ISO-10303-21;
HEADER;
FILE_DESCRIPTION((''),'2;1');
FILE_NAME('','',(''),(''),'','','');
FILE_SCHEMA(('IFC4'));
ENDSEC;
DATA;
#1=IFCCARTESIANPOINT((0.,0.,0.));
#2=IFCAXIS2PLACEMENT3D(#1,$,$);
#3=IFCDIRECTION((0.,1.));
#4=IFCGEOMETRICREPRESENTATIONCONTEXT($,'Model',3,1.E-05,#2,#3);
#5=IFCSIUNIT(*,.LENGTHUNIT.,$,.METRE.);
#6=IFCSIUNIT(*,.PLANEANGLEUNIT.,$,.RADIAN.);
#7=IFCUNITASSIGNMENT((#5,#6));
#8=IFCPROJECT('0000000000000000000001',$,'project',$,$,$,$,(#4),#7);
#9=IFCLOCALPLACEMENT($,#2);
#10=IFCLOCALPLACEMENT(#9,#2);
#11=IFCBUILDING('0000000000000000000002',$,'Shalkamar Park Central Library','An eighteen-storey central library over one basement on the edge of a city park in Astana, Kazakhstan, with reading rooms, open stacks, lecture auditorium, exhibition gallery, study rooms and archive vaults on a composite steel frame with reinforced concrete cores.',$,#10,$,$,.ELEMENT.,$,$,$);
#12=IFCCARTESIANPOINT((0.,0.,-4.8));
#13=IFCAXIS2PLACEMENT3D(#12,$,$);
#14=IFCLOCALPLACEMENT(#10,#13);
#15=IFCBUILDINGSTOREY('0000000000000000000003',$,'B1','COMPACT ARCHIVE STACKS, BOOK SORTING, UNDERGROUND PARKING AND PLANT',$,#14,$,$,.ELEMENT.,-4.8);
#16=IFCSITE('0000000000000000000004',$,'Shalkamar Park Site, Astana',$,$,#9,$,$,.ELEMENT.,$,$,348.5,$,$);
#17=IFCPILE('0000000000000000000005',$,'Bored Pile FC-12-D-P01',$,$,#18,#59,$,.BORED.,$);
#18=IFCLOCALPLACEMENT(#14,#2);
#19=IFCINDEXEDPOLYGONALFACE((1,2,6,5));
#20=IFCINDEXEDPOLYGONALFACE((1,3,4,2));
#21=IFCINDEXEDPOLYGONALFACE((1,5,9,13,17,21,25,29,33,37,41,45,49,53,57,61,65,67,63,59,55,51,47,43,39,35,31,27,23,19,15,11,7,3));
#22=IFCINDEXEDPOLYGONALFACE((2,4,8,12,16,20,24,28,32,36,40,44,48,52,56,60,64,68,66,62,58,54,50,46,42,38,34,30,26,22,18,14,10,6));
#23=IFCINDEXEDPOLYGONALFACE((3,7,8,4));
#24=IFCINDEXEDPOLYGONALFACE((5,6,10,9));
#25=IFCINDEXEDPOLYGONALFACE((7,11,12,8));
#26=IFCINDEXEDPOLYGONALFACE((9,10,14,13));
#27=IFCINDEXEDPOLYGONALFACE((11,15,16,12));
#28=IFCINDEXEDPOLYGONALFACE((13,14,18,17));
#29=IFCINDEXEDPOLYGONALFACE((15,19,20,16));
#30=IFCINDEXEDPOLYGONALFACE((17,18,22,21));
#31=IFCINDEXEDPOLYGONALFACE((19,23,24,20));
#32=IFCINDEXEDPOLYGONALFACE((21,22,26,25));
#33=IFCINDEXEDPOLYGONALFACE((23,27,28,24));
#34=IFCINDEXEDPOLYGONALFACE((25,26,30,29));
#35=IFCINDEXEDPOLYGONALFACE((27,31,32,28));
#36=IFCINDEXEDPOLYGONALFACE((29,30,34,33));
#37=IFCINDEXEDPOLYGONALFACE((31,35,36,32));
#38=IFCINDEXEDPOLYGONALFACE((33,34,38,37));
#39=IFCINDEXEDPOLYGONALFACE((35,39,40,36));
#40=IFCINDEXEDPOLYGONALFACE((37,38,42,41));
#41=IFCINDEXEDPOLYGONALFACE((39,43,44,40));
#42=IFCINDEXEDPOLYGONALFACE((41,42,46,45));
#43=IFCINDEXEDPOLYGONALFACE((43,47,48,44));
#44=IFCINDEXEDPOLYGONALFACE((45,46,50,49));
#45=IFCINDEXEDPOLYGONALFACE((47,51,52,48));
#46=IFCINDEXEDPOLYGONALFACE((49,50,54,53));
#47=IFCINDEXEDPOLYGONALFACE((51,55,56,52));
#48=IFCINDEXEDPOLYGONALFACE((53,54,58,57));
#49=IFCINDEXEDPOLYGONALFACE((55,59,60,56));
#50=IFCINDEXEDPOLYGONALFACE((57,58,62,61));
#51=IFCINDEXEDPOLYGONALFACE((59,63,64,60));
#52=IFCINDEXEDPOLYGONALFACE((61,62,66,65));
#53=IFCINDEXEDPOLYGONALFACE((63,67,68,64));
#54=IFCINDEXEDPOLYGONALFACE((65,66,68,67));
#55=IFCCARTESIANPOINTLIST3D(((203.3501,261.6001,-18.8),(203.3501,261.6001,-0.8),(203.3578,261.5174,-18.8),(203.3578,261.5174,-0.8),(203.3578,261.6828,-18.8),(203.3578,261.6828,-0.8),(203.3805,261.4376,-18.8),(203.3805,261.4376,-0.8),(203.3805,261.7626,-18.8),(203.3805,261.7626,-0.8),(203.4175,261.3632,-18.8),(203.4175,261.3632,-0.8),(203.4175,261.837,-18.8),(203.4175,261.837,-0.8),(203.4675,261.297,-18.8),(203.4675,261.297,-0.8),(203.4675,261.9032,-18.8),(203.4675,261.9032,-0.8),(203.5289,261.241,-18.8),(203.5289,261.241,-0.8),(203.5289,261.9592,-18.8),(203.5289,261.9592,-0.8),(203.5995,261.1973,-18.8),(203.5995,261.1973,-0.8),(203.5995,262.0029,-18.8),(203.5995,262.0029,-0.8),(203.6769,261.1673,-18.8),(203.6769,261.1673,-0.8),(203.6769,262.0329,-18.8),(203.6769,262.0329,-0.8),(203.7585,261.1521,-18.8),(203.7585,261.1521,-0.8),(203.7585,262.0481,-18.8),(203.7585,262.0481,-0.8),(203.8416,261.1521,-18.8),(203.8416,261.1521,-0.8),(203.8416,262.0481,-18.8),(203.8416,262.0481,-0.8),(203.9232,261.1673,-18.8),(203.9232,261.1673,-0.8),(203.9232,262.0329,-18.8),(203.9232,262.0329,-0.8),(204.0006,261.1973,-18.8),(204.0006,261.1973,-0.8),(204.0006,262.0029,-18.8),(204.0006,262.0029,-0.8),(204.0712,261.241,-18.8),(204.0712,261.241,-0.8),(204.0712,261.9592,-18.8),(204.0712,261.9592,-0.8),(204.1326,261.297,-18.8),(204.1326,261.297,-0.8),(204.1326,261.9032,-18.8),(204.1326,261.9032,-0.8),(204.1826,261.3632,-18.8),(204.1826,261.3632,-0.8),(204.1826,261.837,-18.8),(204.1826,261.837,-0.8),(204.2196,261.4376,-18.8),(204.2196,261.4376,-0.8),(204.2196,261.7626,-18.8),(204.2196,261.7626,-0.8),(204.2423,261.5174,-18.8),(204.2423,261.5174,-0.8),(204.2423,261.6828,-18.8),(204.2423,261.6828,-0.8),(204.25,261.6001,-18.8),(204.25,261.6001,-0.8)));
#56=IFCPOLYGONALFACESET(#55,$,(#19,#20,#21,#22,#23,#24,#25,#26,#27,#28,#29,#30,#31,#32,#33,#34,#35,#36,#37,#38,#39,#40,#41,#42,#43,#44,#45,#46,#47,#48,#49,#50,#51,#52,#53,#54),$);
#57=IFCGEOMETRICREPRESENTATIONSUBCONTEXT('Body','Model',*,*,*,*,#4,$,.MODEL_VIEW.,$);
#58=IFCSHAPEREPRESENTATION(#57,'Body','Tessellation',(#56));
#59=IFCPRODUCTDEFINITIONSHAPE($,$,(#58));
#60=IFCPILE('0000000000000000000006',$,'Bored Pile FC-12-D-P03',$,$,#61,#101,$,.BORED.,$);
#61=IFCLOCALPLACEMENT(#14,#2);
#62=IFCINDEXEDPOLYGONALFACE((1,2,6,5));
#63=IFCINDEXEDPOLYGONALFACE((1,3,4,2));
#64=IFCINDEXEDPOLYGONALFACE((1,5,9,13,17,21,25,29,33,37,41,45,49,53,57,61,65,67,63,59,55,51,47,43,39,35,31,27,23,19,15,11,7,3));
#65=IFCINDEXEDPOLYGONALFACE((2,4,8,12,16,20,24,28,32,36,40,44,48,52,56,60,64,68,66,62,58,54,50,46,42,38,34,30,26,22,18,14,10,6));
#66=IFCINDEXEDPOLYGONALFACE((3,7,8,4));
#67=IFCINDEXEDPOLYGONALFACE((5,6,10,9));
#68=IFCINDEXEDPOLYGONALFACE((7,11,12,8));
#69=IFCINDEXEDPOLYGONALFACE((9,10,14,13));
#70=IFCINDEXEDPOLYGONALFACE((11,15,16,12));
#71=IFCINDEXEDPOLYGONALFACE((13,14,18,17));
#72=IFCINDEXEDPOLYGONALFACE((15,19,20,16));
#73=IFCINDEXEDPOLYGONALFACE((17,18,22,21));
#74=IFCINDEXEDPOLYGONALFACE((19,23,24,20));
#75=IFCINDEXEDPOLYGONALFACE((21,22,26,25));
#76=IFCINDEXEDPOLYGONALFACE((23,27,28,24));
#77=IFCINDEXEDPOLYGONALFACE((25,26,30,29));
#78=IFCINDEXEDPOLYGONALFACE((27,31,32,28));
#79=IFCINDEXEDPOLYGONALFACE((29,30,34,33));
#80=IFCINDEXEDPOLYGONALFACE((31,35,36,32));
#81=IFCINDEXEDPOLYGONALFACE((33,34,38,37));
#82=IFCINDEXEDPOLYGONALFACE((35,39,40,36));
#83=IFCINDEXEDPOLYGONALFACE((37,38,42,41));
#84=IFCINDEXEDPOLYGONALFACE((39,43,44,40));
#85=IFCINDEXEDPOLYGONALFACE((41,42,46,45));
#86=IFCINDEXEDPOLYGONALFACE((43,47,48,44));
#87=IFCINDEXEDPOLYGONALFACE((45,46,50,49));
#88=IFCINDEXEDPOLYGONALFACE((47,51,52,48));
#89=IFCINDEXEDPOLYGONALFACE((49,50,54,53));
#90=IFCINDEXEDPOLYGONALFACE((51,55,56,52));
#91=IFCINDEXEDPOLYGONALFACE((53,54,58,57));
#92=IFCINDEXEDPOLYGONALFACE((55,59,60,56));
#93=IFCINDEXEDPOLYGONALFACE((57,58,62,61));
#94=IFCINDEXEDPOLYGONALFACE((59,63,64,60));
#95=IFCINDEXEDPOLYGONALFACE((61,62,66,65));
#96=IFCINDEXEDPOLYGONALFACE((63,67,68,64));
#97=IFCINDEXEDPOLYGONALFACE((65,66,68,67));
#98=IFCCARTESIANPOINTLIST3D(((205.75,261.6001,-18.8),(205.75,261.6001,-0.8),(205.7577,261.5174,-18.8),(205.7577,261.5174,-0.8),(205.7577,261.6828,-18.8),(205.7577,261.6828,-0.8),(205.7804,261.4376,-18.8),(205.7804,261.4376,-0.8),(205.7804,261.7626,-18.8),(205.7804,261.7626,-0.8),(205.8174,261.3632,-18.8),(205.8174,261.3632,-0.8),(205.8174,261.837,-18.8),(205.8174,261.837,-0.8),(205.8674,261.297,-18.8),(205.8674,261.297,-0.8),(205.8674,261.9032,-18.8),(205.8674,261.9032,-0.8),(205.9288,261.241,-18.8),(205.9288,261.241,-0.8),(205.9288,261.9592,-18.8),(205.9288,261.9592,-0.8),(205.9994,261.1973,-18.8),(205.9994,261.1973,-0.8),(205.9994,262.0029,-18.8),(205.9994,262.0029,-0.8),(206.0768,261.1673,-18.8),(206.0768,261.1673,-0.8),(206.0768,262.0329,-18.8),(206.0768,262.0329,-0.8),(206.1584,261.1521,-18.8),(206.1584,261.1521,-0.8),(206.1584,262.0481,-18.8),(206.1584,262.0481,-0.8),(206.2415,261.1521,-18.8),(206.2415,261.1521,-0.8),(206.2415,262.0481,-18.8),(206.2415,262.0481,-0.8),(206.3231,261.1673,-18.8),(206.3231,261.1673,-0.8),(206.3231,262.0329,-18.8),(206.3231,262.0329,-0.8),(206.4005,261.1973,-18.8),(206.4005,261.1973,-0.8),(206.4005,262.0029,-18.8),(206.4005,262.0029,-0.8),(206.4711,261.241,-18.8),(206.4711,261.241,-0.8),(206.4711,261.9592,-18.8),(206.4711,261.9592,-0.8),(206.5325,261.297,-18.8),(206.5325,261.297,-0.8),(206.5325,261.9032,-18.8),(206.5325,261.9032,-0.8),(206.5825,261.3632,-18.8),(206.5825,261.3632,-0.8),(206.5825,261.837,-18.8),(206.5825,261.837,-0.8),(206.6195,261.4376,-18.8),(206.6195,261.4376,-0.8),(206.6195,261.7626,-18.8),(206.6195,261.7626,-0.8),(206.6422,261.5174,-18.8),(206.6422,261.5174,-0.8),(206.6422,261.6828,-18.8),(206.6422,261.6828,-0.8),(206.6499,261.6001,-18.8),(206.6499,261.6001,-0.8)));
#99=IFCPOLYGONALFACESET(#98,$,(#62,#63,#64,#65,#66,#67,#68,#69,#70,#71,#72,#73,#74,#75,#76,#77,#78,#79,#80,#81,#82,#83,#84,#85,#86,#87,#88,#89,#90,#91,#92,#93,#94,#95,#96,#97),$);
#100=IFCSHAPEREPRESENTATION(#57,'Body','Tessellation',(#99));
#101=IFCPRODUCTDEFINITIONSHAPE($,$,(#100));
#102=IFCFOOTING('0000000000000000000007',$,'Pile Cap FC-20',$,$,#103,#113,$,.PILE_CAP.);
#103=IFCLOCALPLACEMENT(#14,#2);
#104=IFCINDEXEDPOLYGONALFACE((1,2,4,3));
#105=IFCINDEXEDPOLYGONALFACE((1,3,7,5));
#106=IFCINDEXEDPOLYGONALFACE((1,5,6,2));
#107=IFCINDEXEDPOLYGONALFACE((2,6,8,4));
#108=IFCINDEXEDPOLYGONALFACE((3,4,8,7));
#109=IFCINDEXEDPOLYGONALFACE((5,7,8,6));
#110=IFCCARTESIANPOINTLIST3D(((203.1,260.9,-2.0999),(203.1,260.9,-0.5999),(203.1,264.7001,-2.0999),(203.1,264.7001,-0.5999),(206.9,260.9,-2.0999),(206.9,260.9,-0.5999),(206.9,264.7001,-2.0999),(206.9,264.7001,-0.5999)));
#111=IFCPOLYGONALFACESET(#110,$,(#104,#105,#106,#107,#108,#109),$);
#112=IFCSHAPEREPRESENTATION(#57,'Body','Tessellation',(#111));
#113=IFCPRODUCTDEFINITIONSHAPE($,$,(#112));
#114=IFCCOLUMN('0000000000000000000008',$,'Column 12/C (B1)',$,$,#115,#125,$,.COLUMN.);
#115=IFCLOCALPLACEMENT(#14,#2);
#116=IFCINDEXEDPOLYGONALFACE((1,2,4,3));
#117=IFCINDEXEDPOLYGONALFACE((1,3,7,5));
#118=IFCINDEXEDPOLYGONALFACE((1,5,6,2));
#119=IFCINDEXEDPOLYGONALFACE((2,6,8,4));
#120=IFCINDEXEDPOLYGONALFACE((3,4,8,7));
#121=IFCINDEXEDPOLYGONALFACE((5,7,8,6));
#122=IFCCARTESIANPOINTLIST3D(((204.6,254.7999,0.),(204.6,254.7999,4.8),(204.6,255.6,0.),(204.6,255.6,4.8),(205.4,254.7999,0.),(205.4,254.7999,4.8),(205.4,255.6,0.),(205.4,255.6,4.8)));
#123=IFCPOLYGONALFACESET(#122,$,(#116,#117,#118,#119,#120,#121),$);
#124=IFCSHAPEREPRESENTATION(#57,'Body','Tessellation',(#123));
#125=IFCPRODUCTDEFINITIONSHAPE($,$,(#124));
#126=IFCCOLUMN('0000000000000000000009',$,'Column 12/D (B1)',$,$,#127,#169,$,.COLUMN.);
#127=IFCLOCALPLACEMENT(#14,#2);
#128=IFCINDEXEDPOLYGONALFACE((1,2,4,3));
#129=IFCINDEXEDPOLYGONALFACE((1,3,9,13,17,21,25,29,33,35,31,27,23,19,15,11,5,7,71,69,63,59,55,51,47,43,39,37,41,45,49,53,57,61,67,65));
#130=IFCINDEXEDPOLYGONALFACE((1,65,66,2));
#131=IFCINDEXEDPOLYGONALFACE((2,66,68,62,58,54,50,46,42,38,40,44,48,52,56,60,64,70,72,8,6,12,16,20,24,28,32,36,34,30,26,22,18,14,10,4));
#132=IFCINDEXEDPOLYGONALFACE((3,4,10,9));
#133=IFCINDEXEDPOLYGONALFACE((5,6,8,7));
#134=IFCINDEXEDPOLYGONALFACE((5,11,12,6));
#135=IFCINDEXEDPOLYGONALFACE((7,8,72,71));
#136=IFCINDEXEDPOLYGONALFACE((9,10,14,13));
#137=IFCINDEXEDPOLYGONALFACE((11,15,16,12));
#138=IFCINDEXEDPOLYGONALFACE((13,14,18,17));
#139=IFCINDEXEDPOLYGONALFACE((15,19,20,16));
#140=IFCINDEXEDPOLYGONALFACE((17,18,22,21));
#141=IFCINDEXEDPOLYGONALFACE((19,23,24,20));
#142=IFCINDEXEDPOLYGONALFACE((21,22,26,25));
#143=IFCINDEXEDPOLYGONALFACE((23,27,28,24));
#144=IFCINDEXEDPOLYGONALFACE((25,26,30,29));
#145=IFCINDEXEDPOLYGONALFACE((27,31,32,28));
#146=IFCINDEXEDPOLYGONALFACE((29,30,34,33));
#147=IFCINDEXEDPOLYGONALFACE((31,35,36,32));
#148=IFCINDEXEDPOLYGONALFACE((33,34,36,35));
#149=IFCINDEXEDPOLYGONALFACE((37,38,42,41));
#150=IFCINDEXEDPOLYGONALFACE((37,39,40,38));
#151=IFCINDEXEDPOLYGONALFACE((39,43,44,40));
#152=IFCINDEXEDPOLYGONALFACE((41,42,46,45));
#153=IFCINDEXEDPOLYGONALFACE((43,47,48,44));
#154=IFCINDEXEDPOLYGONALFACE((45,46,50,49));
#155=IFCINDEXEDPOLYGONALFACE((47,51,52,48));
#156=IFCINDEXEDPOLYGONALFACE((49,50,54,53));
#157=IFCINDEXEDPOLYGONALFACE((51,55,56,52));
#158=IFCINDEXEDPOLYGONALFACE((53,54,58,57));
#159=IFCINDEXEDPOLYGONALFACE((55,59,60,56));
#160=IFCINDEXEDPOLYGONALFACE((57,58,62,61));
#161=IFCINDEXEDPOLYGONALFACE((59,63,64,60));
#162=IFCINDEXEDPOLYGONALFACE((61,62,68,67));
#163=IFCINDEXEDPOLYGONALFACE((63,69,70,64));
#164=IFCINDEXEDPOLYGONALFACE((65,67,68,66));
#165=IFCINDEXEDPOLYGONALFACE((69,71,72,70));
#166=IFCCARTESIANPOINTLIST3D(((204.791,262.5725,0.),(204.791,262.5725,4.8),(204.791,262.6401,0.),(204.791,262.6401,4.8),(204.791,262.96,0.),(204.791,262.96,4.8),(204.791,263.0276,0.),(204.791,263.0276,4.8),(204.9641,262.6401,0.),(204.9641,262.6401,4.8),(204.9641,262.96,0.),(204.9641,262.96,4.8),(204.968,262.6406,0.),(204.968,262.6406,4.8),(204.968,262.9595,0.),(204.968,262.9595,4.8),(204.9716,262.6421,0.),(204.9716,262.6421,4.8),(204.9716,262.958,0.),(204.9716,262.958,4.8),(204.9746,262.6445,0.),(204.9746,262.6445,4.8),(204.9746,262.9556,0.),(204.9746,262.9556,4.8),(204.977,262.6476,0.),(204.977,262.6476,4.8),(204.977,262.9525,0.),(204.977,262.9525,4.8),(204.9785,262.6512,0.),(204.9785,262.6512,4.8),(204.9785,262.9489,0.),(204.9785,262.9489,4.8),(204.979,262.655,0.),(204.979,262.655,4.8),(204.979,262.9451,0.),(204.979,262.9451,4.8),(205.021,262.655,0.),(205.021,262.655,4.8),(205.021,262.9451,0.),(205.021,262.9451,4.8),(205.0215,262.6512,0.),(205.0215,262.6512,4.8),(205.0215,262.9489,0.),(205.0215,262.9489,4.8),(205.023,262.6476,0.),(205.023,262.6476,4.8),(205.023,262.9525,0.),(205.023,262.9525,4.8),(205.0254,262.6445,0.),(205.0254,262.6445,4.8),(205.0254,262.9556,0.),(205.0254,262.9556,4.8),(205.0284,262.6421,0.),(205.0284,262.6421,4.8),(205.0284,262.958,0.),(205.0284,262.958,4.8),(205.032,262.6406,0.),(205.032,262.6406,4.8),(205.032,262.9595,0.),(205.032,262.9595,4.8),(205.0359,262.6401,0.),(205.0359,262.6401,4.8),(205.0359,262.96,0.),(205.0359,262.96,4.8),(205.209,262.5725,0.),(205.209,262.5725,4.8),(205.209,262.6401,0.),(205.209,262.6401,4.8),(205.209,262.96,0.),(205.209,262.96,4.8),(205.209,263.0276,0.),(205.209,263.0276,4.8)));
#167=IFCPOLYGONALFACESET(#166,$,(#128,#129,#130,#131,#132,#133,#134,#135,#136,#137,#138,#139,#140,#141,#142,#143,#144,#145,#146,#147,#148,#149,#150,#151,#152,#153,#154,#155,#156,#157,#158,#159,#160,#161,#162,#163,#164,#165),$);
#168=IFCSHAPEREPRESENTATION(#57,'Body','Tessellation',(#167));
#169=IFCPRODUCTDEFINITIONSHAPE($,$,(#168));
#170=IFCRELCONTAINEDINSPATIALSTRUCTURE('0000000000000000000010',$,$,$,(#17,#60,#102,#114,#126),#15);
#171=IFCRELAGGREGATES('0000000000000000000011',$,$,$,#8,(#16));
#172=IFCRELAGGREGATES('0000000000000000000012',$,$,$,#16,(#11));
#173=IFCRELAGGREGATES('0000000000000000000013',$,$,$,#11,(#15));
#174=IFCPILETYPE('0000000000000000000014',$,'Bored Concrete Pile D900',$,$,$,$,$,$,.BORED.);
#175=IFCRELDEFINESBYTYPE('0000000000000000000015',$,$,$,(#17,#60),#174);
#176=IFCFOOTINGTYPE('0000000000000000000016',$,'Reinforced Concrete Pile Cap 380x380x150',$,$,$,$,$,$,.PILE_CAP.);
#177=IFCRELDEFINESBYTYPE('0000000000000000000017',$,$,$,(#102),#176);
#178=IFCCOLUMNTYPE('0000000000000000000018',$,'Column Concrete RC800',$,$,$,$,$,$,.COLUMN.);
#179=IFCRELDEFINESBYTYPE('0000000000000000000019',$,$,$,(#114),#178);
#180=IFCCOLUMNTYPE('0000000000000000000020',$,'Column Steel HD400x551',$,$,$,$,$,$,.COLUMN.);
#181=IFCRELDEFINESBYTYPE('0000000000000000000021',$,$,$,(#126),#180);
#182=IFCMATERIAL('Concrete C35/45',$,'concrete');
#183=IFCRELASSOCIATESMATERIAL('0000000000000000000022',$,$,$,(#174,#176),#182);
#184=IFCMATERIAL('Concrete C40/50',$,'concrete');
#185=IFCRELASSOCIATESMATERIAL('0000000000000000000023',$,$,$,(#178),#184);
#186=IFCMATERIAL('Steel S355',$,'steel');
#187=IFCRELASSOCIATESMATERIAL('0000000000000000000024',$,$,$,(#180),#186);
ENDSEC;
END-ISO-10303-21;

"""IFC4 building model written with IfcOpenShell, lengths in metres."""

from ifc_helpers import new_model, si_unit, direction, frame, origin, origin_2d, place, context, subcontext, project, spatial, rectangle, circle, i_section, extrude, material, material_profile, profile_set, type_object, element, save


model = new_model("IFC4")

# Units and contexts
model_context = context("Model", 3, precision=1e-05, world=origin(), true_north=direction((0.0, 1.0)))
body_context = subcontext(model_context, "Body", "Model", "MODEL_VIEW")
ifc_project = project(units=[si_unit("LENGTHUNIT", "METRE"), si_unit("PLANEANGLEUNIT", "RADIAN")], contexts=[model_context])

# Site, building, storey
site_placement = place(None, origin())
site = spatial("IfcSite", under=ifc_project, at=site_placement, Name="Shalkamar Park Site, Astana", CompositionType="ELEMENT", RefElevation=348.5)
building_placement = place(site_placement, origin())
building = spatial("IfcBuilding", under=site, at=building_placement, Name="Shalkamar Park Central Library", Description="An eighteen-storey central library over one basement on the edge of a city park in Astana, Kazakhstan, with reading rooms, open stacks, lecture auditorium, exhibition gallery, study rooms and archive vaults on a composite steel frame with reinforced concrete cores.", CompositionType="ELEMENT")
storey_placement = place(building_placement, frame((0.0, 0.0, -4.8)))
storey = spatial("IfcBuildingStorey", under=building, at=storey_placement, Name="B1", Description="COMPACT ARCHIVE STACKS, BOOK SORTING, UNDERGROUND PARKING AND PLANT", CompositionType="ELEMENT", Elevation=-4.8)

# Piles
ifc_material_1 = material(Name="Concrete C35/45", Category="concrete")
ifc_material_profile_1 = material_profile(ifc_material_1, circle(Radius=0.45, at=origin_2d()), Name="PILE D900")
ifc_profile_set_1 = profile_set([ifc_material_profile_1], Name="Concrete C35/45")
pile_type_1 = type_object("IfcPileType", Name="Bored Concrete Pile D900", PredefinedType="BORED", material=ifc_profile_set_1)
for number, where, z_axis, x_axis, name in (
    (1, (203.8, 261.6001, -0.8), (0.0, 0.0, -1.0), (1.0, 0.0, 0.0), "Bored Pile FC-12-D-P01"),
    (2, (206.2, 261.6001, -0.8), (0.0, 0.0, -1.0), (1.0, 0.0, 0.0), "Bored Pile FC-12-D-P03"),
):
    element("IfcPile", number, at=place(storey_placement, frame(where, z_axis=z_axis, x_axis=x_axis)), inside=storey, type_object=pile_type_1, Name=name, PredefinedType="BORED", context=body_context, shape_type="SweptSolid", body=[
        extrude(circle(Radius=0.45, at=origin_2d()), origin(), (0.0, 0.0, 1.0), 18.0),
    ])

# Footing
footing_type = type_object("IfcFootingType", Name="Reinforced Concrete Pile Cap 380x380x150", PredefinedType="PILE_CAP", material=ifc_material_1)
footing_placement = place(storey_placement, frame((205.0, 262.8, -2.0999), z_axis=(0.0, 0.0, 1.0), x_axis=(1.0, 0.0, 0.0)))
element("IfcFooting", 3, at=footing_placement, inside=storey, type_object=footing_type, Name="Pile Cap FC-20", PredefinedType="PILE_CAP", context=body_context, shape_type="SweptSolid", body=[
    extrude(rectangle(XDim=3.8, YDim=3.8, at=origin_2d()), origin(), (0.0, 0.0, 1.0), 1.5),
])

# Columns
ifc_material_2 = material(Name="Concrete C40/50", Category="concrete")
ifc_material_profile_2 = material_profile(ifc_material_2, rectangle(XDim=0.8, YDim=0.8, at=origin_2d()), Name="RC 800x800")
ifc_profile_set_2 = profile_set([ifc_material_profile_2], Name="Concrete C40/50")
column_type_1 = type_object("IfcColumnType", Name="Column Concrete RC800", PredefinedType="COLUMN", material=ifc_profile_set_2)
column_1_placement = place(storey_placement, frame((205.0, 255.2, 0.0), z_axis=(0.0, 0.0, 1.0), x_axis=(1.0, 0.0, 0.0)))
element("IfcColumn", 4, at=column_1_placement, inside=storey, type_object=column_type_1, Name="Column 12/C (B1)", PredefinedType="COLUMN", context=body_context, shape_type="SweptSolid", body=[
    extrude(rectangle(XDim=0.8, YDim=0.8, at=origin_2d()), origin(), (0.0, 0.0, 1.0), 4.8),
])
ifc_material_3 = material(Name="Steel S355", Category="steel")
ifc_material_profile_3 = material_profile(ifc_material_3, i_section(OverallWidth=0.418, OverallDepth=0.4551, WebThickness=0.042, FlangeThickness=0.0676, FilletRadius=0.0149, at=origin_2d()), Name="HD 400x551")
ifc_profile_set_3 = profile_set([ifc_material_profile_3], Name="Steel S355")
column_type_2 = type_object("IfcColumnType", Name="Column Steel HD400x551", PredefinedType="COLUMN", material=ifc_profile_set_3)
column_2_placement = place(storey_placement, frame((205.0, 262.8, 0.0), z_axis=(0.0, 0.0, 1.0), x_axis=(1.0, 0.0, 0.0)))
element("IfcColumn", 5, at=column_2_placement, inside=storey, type_object=column_type_2, Name="Column 12/D (B1)", PredefinedType="COLUMN", context=body_context, shape_type="SweptSolid", body=[
    extrude(i_section(OverallWidth=0.418, OverallDepth=0.4551, WebThickness=0.042, FlangeThickness=0.0676, FilletRadius=0.0149, at=origin_2d()), origin(), (0.0, 0.0, 1.0), 4.8),
])

save(model, "model.ifc")
